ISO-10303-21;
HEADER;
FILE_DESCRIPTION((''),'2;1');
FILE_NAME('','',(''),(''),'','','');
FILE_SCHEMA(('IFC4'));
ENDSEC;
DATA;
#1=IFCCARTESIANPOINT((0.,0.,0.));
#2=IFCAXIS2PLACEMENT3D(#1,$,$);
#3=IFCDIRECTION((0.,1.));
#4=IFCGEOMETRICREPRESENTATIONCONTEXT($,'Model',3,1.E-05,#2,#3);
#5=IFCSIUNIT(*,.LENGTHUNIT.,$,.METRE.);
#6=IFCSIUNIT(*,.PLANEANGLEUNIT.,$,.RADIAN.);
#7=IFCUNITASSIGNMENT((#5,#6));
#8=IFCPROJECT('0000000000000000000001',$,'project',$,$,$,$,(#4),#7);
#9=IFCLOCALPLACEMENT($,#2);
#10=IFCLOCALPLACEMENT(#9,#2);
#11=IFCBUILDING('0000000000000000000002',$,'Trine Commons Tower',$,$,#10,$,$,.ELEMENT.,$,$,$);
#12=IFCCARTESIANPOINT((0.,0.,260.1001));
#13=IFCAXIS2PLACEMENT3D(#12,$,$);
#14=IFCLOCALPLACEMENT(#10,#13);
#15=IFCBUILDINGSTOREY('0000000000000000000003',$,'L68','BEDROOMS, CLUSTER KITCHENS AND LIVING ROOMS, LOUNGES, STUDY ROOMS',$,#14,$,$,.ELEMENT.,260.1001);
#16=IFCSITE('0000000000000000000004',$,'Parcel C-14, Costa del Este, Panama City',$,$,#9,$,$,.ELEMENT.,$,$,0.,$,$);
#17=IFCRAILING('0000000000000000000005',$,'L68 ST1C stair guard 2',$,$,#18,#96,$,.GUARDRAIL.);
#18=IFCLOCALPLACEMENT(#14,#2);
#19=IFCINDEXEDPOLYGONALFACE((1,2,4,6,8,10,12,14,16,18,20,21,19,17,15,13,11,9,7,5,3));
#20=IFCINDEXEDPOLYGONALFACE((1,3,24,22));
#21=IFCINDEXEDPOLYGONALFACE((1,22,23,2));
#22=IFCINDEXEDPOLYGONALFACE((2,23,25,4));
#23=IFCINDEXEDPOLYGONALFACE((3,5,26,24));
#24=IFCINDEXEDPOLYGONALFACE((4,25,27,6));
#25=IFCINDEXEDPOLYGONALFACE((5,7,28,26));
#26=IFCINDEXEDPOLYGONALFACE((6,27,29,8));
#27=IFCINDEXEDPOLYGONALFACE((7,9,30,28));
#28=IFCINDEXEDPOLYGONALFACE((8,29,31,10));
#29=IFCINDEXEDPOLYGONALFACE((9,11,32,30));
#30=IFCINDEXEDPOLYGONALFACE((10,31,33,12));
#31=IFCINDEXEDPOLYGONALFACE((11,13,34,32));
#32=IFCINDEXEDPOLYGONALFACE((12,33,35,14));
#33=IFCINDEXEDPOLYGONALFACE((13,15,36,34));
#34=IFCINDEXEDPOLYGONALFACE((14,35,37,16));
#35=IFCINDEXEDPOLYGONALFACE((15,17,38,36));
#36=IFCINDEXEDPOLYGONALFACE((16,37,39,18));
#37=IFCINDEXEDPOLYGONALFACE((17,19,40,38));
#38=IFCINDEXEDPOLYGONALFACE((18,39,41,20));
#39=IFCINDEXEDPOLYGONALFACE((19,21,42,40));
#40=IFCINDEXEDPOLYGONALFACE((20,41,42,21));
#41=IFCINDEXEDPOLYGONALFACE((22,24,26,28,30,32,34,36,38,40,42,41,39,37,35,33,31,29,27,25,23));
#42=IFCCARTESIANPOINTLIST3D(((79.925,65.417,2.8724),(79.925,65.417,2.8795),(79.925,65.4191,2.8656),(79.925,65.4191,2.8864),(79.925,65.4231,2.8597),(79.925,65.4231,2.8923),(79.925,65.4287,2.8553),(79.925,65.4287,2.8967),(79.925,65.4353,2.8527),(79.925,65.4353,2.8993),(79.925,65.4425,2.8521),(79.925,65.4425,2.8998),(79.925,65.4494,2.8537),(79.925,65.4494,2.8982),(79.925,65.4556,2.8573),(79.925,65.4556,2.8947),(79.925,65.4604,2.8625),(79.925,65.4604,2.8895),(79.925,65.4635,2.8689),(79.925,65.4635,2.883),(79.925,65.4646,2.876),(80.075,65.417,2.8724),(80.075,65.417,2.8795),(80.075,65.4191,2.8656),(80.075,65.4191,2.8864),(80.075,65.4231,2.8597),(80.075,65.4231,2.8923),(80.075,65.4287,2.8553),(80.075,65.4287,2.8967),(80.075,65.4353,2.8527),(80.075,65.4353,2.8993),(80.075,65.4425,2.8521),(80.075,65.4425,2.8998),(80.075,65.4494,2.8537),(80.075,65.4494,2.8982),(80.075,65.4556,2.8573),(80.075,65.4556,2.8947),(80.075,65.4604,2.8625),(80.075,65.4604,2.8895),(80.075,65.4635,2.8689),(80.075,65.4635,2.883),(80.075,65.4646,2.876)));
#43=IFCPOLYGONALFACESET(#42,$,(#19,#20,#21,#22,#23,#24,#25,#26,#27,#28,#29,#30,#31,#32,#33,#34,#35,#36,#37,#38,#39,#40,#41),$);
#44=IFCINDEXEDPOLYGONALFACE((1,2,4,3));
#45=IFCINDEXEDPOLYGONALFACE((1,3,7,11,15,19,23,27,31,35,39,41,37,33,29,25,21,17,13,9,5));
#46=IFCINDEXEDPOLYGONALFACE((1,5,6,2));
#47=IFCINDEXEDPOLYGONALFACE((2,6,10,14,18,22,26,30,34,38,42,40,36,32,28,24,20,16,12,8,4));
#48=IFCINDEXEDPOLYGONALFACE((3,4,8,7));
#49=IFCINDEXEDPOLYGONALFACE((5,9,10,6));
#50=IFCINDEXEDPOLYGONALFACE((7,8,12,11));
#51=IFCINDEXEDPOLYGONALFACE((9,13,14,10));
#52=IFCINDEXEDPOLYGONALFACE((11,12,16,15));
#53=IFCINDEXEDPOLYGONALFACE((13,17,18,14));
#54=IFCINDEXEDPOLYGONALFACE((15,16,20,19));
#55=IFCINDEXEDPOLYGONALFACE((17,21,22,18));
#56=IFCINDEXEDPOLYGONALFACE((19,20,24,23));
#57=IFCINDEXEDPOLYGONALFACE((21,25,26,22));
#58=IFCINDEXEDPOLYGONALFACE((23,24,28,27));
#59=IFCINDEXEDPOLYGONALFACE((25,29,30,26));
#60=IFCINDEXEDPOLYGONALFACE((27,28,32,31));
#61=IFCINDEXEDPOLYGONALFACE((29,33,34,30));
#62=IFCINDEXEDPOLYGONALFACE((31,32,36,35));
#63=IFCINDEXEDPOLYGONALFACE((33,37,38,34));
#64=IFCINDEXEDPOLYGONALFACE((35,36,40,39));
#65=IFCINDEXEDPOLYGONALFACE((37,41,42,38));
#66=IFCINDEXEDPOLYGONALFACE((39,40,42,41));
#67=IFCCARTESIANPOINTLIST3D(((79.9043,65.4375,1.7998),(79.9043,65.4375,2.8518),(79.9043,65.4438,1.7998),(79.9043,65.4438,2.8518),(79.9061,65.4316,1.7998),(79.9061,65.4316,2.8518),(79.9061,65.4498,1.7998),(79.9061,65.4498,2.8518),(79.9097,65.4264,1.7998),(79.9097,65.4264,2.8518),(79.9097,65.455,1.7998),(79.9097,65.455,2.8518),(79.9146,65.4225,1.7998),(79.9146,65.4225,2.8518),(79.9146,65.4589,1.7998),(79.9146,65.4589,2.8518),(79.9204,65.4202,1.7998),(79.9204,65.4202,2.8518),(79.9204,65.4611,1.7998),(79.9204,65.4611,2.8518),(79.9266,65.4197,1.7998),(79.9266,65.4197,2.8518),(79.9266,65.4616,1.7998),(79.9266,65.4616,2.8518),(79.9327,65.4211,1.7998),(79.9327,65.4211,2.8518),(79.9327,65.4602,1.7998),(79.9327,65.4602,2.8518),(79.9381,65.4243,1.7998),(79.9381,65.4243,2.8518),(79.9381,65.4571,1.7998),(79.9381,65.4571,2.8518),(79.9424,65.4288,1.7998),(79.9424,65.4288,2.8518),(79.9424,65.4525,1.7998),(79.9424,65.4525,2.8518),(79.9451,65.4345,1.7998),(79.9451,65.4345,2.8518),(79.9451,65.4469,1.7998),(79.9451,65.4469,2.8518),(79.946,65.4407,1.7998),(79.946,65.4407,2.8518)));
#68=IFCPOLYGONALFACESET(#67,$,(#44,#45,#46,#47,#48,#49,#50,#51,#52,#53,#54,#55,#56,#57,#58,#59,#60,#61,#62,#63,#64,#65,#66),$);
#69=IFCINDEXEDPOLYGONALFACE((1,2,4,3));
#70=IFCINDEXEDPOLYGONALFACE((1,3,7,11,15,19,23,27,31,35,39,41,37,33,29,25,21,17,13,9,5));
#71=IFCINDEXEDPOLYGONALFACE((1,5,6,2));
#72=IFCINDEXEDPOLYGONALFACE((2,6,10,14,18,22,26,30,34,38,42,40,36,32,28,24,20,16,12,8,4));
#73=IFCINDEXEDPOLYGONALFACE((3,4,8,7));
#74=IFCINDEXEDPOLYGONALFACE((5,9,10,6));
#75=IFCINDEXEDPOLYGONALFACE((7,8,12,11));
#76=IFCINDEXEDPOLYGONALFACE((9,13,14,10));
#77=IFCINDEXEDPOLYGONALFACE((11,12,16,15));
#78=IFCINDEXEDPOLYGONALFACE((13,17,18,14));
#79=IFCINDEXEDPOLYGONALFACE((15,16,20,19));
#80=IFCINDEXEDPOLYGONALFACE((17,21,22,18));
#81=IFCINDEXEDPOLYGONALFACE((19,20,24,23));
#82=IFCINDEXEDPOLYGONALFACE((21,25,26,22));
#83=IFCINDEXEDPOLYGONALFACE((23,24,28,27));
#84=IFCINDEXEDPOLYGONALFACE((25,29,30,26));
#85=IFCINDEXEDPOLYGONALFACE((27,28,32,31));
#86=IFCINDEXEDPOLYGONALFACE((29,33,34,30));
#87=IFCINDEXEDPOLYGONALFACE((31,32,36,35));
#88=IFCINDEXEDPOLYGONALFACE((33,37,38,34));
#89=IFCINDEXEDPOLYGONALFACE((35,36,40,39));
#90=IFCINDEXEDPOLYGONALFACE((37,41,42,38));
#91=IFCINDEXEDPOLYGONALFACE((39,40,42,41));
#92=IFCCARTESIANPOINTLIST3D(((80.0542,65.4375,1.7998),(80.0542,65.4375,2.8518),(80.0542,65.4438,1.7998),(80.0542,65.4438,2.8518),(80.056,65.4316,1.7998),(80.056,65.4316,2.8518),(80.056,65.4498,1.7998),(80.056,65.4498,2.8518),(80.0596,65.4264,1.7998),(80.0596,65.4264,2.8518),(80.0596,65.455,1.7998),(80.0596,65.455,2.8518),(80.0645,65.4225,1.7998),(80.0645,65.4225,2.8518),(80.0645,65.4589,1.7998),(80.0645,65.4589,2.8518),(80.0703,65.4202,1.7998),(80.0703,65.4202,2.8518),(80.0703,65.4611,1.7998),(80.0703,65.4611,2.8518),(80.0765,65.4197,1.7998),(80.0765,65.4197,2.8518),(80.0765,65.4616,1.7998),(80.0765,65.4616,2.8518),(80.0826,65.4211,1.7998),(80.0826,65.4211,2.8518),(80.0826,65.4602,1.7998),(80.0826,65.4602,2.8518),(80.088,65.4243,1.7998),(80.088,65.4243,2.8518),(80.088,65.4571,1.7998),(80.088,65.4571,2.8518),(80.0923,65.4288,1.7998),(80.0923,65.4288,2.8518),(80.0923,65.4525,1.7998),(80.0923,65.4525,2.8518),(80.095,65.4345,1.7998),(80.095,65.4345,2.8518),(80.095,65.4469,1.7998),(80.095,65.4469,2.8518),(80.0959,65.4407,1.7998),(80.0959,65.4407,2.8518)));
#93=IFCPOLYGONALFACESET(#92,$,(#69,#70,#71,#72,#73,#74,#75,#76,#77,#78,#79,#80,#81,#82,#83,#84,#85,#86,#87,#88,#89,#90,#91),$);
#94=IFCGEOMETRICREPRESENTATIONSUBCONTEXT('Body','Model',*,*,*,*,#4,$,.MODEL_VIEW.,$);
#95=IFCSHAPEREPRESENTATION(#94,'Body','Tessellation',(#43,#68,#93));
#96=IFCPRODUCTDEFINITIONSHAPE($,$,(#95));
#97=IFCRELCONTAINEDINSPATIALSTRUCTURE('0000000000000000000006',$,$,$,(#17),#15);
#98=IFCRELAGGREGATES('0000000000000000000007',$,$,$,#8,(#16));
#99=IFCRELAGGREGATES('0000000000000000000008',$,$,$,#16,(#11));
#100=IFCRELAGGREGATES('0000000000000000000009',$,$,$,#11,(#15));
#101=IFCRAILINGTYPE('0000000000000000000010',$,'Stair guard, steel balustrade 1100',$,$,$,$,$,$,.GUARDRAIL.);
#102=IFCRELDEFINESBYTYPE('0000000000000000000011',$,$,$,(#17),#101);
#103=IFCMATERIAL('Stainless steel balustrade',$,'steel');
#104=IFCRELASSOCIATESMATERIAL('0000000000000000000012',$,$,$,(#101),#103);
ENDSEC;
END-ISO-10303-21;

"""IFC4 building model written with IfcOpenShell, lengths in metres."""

from ifc_helpers import new_model, si_unit, direction, frame, origin, origin_2d, place, context, subcontext, project, spatial, circle, extrude, material, type_object, element, save


model = new_model("IFC4")

# Units and contexts
model_context = context("Model", 3, precision=1e-05, world=origin(), true_north=direction((0.0, 1.0)))
body_context = subcontext(model_context, "Body", "Model", "MODEL_VIEW")
ifc_project = project(units=[si_unit("LENGTHUNIT", "METRE"), si_unit("PLANEANGLEUNIT", "RADIAN")], contexts=[model_context])

# Site, building, storey
site_placement = place(None, origin())
site = spatial("IfcSite", under=ifc_project, at=site_placement, Name="Parcel C-14, Costa del Este, Panama City", CompositionType="ELEMENT", RefElevation=0.0)
building_placement = place(site_placement, origin())
building = spatial("IfcBuilding", under=site, at=building_placement, Name="Trine Commons Tower", CompositionType="ELEMENT")
storey_placement = place(building_placement, frame((0.0, 0.0, 260.1001)))
storey = spatial("IfcBuildingStorey", under=building, at=storey_placement, Name="L68", Description="BEDROOMS, CLUSTER KITCHENS AND LIVING ROOMS, LOUNGES, STUDY ROOMS", CompositionType="ELEMENT", Elevation=260.1001)

# Railing
ifc_material_1 = material(Name="Stainless steel balustrade", Category="steel")
railing_type_1 = type_object("IfcRailingType", Name="Stair guard, steel balustrade 1100", PredefinedType="GUARDRAIL", material=ifc_material_1)
railing_1_placement = place(storey_placement, frame((79.925, 65.4407, 1.7998)))
element("IfcRailing", 1, at=railing_1_placement, inside=storey, type_object=railing_type_1, Name="L68 ST1C stair guard 2", PredefinedType="GUARDRAIL", context=body_context, shape_type="SweptSolid", body=[
    extrude(circle(Radius=0.0239, at=origin_2d()), frame((0.0, 0.0, 1.0762), z_axis=(1.0, 0.0, 0.0), x_axis=(0.0, 1.0, 0.0)), (0.0, 0.0, 1.0), 0.1499),
    extrude(circle(Radius=0.021, at=origin_2d()), origin(), (0.0, 0.0, 1.0), 1.052),
    extrude(circle(Radius=0.021, at=origin_2d()), frame((0.1499, 0.0, 0.0)), (0.0, 0.0, 1.0), 1.052),
])

save(model, "model.ifc")
